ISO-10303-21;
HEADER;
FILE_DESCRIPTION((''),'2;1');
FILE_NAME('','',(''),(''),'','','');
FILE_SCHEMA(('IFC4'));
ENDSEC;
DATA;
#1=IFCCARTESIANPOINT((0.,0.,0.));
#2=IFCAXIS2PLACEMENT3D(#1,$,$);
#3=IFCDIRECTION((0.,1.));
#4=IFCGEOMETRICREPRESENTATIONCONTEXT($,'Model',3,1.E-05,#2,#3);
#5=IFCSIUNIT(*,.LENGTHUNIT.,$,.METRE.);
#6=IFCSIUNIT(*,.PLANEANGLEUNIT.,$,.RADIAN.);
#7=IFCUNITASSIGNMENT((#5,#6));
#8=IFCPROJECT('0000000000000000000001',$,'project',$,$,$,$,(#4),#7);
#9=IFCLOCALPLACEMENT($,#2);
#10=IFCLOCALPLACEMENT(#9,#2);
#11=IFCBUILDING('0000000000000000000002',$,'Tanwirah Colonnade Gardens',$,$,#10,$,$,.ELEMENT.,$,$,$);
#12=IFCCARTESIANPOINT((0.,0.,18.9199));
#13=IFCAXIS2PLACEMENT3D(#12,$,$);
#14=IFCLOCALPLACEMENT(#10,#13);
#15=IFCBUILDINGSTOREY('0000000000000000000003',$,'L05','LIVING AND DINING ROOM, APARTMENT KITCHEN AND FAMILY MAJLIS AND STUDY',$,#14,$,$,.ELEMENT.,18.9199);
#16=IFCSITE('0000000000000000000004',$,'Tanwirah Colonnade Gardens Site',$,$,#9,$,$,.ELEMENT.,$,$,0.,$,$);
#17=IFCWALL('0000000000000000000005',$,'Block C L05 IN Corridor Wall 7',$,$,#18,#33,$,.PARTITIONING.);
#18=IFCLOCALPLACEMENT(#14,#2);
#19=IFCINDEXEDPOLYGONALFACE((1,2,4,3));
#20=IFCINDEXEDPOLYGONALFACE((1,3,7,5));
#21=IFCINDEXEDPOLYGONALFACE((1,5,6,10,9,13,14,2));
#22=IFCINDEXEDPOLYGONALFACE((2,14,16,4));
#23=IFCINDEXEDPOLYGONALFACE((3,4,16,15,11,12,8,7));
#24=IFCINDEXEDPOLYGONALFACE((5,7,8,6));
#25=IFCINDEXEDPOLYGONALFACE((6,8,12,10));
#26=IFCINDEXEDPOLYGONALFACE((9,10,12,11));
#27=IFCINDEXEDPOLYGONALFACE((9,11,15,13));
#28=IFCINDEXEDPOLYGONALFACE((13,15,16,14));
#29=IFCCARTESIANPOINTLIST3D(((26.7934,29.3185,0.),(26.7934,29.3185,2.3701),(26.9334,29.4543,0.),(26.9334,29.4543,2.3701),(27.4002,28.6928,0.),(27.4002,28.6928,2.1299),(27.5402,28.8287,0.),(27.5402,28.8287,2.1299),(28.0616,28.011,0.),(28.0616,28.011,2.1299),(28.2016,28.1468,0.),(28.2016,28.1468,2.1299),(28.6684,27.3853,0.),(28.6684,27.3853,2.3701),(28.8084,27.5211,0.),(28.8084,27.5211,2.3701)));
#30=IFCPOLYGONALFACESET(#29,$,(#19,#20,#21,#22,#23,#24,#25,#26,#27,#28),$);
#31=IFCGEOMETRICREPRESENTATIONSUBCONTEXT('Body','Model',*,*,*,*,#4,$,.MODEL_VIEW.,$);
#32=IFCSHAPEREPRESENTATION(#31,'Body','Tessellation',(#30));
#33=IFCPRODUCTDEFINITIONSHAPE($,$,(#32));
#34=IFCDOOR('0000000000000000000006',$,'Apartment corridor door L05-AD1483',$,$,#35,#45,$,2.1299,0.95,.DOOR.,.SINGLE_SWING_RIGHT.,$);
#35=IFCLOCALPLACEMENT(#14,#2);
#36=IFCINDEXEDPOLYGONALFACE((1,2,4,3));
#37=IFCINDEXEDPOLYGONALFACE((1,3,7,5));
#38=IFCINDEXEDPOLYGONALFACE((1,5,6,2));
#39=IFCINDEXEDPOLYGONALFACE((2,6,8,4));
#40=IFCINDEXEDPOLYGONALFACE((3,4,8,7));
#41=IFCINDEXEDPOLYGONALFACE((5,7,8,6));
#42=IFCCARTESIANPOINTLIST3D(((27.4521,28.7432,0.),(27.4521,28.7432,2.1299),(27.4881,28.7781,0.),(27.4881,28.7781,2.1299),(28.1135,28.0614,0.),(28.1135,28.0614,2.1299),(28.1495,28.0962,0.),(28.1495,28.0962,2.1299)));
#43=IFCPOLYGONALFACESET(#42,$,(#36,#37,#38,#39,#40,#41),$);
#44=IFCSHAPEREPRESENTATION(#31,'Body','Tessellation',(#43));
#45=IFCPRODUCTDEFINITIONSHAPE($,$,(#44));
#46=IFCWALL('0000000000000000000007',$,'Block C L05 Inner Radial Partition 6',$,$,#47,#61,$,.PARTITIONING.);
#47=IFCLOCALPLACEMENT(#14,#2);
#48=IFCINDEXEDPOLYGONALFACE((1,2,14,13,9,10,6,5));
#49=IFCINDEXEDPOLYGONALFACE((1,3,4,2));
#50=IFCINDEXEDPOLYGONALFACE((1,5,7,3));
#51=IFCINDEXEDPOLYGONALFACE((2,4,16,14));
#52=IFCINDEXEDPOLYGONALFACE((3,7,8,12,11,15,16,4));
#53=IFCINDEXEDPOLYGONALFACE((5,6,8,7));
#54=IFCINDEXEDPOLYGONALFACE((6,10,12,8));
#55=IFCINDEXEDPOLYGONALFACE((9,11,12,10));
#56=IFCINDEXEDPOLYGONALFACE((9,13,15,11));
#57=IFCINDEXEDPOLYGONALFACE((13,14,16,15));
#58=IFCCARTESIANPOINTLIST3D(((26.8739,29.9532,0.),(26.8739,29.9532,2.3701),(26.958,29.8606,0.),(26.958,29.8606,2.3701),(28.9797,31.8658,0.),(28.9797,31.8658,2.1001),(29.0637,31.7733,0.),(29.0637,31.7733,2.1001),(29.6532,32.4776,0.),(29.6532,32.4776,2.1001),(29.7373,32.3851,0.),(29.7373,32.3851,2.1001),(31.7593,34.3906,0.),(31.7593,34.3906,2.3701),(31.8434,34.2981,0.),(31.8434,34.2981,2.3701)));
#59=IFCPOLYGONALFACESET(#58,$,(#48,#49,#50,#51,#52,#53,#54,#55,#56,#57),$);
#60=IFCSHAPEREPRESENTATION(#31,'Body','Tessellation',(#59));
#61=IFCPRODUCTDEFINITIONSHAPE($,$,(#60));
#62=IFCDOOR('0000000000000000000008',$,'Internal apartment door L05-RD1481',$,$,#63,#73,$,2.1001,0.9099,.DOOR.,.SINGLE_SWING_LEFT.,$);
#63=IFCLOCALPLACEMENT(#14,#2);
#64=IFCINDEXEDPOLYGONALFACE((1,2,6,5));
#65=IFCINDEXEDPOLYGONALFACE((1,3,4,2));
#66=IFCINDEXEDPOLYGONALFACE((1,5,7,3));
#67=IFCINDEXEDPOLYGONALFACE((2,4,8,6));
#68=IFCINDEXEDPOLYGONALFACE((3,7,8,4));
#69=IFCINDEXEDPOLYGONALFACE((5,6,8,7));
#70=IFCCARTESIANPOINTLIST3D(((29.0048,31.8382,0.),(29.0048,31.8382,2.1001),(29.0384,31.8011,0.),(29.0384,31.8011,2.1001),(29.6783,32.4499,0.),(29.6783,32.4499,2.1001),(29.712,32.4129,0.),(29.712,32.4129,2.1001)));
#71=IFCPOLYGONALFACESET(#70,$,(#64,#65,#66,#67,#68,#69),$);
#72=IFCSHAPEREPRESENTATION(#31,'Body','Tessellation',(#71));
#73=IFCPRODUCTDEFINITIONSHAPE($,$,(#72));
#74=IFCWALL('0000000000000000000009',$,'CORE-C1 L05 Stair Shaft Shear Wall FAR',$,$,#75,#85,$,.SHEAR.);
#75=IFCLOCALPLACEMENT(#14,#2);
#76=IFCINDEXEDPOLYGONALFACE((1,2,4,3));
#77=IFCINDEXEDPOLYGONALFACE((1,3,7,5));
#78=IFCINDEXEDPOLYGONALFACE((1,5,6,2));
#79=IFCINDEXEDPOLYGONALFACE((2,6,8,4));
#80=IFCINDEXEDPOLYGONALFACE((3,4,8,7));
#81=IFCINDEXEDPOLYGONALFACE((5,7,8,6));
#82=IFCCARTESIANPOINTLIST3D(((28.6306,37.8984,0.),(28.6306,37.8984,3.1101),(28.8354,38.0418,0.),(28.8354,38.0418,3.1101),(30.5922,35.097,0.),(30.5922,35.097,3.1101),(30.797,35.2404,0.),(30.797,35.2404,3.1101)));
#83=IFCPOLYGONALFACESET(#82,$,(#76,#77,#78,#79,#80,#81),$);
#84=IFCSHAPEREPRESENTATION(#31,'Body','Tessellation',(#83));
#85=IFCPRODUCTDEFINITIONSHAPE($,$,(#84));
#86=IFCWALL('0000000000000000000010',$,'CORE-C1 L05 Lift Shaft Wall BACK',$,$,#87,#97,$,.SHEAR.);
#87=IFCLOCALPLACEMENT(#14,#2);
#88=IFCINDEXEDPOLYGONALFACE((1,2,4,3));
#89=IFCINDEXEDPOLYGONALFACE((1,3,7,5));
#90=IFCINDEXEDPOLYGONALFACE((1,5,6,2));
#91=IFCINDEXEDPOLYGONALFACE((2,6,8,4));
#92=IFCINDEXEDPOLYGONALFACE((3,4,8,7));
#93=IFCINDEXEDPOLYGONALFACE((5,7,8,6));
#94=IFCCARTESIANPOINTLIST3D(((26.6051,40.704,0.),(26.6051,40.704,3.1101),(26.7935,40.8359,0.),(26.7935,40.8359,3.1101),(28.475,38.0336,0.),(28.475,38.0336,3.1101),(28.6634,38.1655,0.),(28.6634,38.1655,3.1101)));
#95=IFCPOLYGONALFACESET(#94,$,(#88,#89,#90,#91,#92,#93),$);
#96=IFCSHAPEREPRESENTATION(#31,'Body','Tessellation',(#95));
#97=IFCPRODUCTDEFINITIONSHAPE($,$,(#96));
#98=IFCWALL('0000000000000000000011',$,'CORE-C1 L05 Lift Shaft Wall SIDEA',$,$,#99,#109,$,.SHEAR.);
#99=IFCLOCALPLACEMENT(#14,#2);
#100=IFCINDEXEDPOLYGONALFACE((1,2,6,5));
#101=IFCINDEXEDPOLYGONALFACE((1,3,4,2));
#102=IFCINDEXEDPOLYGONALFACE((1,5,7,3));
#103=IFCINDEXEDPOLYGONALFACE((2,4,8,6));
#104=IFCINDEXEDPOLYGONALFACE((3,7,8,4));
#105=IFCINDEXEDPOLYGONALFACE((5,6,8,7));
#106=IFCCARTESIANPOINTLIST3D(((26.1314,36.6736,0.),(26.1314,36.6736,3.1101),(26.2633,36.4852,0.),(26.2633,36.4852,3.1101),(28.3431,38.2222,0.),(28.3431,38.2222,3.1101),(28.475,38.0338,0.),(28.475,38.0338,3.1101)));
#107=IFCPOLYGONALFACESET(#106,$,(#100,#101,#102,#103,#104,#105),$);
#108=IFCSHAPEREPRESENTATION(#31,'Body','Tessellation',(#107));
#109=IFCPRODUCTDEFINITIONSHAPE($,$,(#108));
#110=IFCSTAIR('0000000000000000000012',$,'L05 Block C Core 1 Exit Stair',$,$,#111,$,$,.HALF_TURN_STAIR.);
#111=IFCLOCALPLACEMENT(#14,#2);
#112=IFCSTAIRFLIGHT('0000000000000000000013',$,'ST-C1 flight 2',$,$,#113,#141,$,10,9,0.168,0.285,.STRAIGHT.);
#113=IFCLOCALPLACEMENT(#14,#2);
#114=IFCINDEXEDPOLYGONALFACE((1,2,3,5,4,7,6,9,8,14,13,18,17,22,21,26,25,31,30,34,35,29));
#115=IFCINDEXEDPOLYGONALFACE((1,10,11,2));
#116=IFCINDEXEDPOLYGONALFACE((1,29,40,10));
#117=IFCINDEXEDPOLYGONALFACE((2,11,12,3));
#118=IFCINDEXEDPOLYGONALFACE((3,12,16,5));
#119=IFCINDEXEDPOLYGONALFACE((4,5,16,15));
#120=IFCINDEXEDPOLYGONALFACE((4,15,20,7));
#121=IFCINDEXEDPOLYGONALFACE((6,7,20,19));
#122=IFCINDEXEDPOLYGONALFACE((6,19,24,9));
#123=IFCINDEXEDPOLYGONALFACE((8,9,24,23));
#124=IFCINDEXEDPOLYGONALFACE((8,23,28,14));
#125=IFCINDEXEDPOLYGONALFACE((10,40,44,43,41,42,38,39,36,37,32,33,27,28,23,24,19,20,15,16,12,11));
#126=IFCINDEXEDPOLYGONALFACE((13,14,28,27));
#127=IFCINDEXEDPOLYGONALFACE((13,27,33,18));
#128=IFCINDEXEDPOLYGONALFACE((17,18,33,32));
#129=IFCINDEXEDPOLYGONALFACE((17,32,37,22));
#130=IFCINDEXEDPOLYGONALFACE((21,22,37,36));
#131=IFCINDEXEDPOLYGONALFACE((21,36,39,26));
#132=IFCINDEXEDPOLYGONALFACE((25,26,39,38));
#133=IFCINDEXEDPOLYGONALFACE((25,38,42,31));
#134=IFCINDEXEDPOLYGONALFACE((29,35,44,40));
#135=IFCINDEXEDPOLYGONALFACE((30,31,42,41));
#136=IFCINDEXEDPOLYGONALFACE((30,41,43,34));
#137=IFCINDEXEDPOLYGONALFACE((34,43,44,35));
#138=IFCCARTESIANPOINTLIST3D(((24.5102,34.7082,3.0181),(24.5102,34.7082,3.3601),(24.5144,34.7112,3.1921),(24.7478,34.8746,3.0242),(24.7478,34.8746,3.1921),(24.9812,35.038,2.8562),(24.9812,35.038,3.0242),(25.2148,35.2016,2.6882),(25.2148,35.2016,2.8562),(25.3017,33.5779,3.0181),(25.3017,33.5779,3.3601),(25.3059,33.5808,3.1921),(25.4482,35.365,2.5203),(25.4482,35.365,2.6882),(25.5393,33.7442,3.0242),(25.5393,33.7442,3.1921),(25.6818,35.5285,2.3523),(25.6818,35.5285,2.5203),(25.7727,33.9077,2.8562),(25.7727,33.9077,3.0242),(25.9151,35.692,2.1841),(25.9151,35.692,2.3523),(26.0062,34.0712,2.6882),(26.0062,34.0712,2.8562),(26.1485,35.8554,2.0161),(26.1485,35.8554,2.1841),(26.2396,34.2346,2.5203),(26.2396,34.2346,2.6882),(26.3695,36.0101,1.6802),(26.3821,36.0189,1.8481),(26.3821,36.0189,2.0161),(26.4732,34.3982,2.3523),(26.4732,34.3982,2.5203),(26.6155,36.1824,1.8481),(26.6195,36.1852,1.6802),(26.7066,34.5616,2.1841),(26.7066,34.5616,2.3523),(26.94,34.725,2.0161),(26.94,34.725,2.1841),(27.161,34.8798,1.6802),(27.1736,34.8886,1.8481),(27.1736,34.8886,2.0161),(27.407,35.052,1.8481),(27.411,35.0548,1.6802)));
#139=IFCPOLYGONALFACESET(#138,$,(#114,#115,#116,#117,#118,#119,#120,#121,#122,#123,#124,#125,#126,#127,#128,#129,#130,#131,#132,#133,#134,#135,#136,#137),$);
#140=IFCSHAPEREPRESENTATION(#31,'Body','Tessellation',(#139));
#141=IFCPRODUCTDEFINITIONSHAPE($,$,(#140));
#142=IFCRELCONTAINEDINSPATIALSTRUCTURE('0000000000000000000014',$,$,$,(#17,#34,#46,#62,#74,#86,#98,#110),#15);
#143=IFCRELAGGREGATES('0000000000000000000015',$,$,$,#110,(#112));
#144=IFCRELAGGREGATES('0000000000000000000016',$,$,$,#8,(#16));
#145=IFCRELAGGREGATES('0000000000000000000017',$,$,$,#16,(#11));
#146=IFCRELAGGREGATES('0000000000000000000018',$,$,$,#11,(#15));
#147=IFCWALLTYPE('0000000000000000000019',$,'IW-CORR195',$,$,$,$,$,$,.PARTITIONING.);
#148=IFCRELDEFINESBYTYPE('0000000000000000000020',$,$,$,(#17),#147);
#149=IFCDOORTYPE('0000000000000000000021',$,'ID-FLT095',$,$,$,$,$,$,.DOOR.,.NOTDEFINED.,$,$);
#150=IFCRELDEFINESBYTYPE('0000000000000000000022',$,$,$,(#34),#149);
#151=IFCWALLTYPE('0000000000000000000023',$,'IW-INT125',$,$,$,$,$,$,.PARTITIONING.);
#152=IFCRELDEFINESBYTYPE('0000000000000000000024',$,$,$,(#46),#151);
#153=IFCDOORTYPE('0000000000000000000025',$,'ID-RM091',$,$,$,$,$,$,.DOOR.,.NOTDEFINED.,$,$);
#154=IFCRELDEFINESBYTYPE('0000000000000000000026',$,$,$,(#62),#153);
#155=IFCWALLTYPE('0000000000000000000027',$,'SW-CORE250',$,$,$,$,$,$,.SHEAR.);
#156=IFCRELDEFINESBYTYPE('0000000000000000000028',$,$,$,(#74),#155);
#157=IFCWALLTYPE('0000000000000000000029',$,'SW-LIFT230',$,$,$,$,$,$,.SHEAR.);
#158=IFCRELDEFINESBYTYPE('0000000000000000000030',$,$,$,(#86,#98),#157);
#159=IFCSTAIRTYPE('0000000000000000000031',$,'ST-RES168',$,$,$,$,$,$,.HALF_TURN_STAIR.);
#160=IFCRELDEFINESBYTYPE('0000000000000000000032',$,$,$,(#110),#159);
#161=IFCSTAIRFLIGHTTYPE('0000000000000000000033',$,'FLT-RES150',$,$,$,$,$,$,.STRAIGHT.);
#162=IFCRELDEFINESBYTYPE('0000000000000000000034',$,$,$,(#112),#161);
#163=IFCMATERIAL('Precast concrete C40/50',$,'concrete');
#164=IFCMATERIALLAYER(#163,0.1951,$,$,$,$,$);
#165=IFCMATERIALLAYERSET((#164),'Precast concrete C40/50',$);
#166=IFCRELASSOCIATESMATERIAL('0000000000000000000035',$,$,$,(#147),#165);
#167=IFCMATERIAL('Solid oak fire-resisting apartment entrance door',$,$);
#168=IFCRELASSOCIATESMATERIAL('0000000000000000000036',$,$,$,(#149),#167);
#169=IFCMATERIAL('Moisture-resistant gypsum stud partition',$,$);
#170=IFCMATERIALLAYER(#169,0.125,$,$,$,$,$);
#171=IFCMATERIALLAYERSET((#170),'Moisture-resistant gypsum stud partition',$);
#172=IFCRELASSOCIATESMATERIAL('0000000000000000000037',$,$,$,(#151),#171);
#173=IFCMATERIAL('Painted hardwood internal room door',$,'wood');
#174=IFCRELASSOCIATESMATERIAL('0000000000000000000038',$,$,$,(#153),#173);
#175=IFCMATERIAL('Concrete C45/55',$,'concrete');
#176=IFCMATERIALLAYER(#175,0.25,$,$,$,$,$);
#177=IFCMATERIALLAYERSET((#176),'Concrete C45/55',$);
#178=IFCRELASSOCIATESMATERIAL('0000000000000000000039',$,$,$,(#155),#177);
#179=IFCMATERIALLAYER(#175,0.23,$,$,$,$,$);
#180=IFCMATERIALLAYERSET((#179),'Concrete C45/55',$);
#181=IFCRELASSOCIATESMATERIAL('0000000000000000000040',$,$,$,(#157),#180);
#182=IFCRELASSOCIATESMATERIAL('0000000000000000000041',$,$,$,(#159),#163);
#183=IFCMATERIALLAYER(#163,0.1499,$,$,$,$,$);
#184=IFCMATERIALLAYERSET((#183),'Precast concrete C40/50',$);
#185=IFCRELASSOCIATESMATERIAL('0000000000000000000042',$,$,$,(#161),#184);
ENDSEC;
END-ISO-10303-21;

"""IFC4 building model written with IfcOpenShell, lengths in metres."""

from ifc_helpers import new_model, si_unit, direction, frame, frame_2d, origin, place, context, subcontext, project, spatial, polyline, rectangle, outline, extrude, material, layer, layer_set, type_object, element, fill, aggregate, save


model = new_model("IFC4")

# Units and contexts
model_context = context("Model", 3, precision=1e-05, world=origin(), true_north=direction((0.0, 1.0)))
body_context = subcontext(model_context, "Body", "Model", "MODEL_VIEW")
ifc_project = project(units=[si_unit("LENGTHUNIT", "METRE"), si_unit("PLANEANGLEUNIT", "RADIAN")], contexts=[model_context])

# Site, building, storey
site_placement = place(None, origin())
site = spatial("IfcSite", under=ifc_project, at=site_placement, Name="Tanwirah Colonnade Gardens Site", CompositionType="ELEMENT", RefElevation=0.0)
building_placement = place(site_placement, origin())
building = spatial("IfcBuilding", under=site, at=building_placement, Name="Tanwirah Colonnade Gardens", CompositionType="ELEMENT")
storey_placement = place(building_placement, frame((0.0, 0.0, 18.9199)))
storey = spatial("IfcBuildingStorey", under=building, at=storey_placement, Name="L05", Description="LIVING AND DINING ROOM, APARTMENT KITCHEN AND FAMILY MAJLIS AND STUDY", CompositionType="ELEMENT", Elevation=18.9199)

# Shared definitions
ifc_material_1 = material(Name="Precast concrete C40/50", Category="concrete")

# Walls, openings, doors
ifc_layer_1 = layer(ifc_material_1, 0.1951)
ifc_layer_set_1 = layer_set([ifc_layer_1], Name="Precast concrete C40/50")
wall_type_1 = type_object("IfcWallType", Name="IW-CORR195", PredefinedType="PARTITIONING", material=ifc_layer_set_1)
wall_1_placement = place(storey_placement, frame((26.8633, 29.3865, 0.0), z_axis=(0.0, 0.0, 1.0), x_axis=(0.696236, -0.717813, 0.0)))
wall_1 = element("IfcWall", 1, at=wall_1_placement, inside=storey, type_object=wall_type_1, Name="Block C L05 IN Corridor Wall 7", PredefinedType="PARTITIONING", context=body_context, shape_type="SweptSolid", body=[
    extrude(rectangle(XDim=2.6931, YDim=0.1951, at=frame_2d((1.3467, 0.0))), origin(), (0.0, 0.0, 1.0), 2.3701),
])
opening_1_placement = place(wall_1_placement, frame((0.8716, 0.0, 0.0)))
opening_1 = element("IfcOpeningElement", 2, at=opening_1_placement, cuts=wall_1, PredefinedType="OPENING", context=body_context, shape_type="SweptSolid", body=[
    extrude(rectangle(XDim=0.95, YDim=2.1299, at=frame_2d((0.4751, 1.0649))), frame((0.0, 0.1074, 0.0), z_axis=(0.0, -1.0, 0.0), x_axis=(1.0, 0.0, 0.0)), (0.0, 0.0, 1.0), 0.2151),
])
ifc_material_2 = material(Name="Solid oak fire-resisting apartment entrance door")
door_type_1 = type_object("IfcDoorType", Name="ID-FLT095", OperationType="NOTDEFINED", PredefinedType="DOOR", material=ifc_material_2)
door_1_placement = place(opening_1_placement, origin())
door_1 = element("IfcDoor", 3, at=door_1_placement, inside=storey, type_object=door_type_1, Name="Apartment corridor door L05-AD1483", OperationType="SINGLE_SWING_RIGHT", OverallHeight=2.1299, OverallWidth=0.95, PredefinedType="DOOR", context=body_context, shape_type="SweptSolid", body=[
    extrude(rectangle(XDim=0.95, YDim=2.1299, at=frame_2d((0.4751, 1.0649))), frame((0.0, 0.0249, 0.0), z_axis=(0.0, -1.0, 0.0), x_axis=(1.0, 0.0, 0.0)), (0.0, 0.0, 1.0), 0.05),
])
fill(opening_1, door_1)
ifc_material_3 = material(Name="Moisture-resistant gypsum stud partition")
ifc_layer_2 = layer(ifc_material_3, 0.125)
ifc_layer_set_2 = layer_set([ifc_layer_2], Name="Moisture-resistant gypsum stud partition")
wall_type_2 = type_object("IfcWallType", Name="IW-INT125", PredefinedType="PARTITIONING", material=ifc_layer_set_2)
wall_2_placement = place(storey_placement, frame((31.8013, 34.3442, 0.0), z_axis=(0.0, 0.0, 1.0), x_axis=(-0.740231, -0.672352, 0.0)))
wall_2 = element("IfcWall", 4, at=wall_2_placement, inside=storey, type_object=wall_type_2, Name="Block C L05 Inner Radial Partition 6", PredefinedType="PARTITIONING", context=body_context, shape_type="SweptSolid", body=[
    extrude(rectangle(XDim=6.5999, YDim=0.125, at=frame_2d((3.2998, 0.0))), origin(), (0.0, 0.0, 1.0), 2.3701),
])
opening_2_placement = place(wall_2_placement, frame((2.845, 0.0, 0.0)))
opening_2 = element("IfcOpeningElement", 5, at=opening_2_placement, cuts=wall_2, PredefinedType="OPENING", context=body_context, shape_type="SweptSolid", body=[
    extrude(rectangle(XDim=0.9099, YDim=2.1001, at=frame_2d((0.4551, 1.05))), frame((0.0, 0.0725, 0.0), z_axis=(0.0, -1.0, 0.0), x_axis=(1.0, 0.0, 0.0)), (0.0, 0.0, 1.0), 0.145),
])
ifc_material_4 = material(Name="Painted hardwood internal room door", Category="wood")
door_type_2 = type_object("IfcDoorType", Name="ID-RM091", OperationType="NOTDEFINED", PredefinedType="DOOR", material=ifc_material_4)
door_2_placement = place(opening_2_placement, origin())
door_2 = element("IfcDoor", 6, at=door_2_placement, inside=storey, type_object=door_type_2, Name="Internal apartment door L05-RD1481", OperationType="SINGLE_SWING_LEFT", OverallHeight=2.1001, OverallWidth=0.9099, PredefinedType="DOOR", context=body_context, shape_type="SweptSolid", body=[
    extrude(rectangle(XDim=0.9099, YDim=2.1001, at=frame_2d((0.4551, 1.05))), frame((0.0, 0.0249, 0.0), z_axis=(0.0, -1.0, 0.0), x_axis=(1.0, 0.0, 0.0)), (0.0, 0.0, 1.0), 0.05),
])
fill(opening_2, door_2)

# Wall
ifc_material_5 = material(Name="Concrete C45/55", Category="concrete")
ifc_layer_3 = layer(ifc_material_5, 0.25)
ifc_layer_set_3 = layer_set([ifc_layer_3], Name="Concrete C45/55")
wall_type_3 = type_object("IfcWallType", Name="SW-CORE250", PredefinedType="SHEAR", material=ifc_layer_set_3)
wall_3_placement = place(storey_placement, frame((30.6946, 35.1687, 0.0), z_axis=(0.0, 0.0, 1.0), x_axis=(-0.573582, 0.819148, 0.0)))
element("IfcWall", 7, at=wall_3_placement, inside=storey, type_object=wall_type_3, Name="CORE-C1 L05 Stair Shaft Shear Wall FAR", PredefinedType="SHEAR", context=body_context, shape_type="SweptSolid", body=[
    extrude(rectangle(XDim=3.4199, YDim=0.25, at=frame_2d((1.71, 0.0))), origin(), (0.0, 0.0, 1.0), 3.1101),
])

# Shared definitions
ifc_layer_4 = layer(ifc_material_5, 0.23)
ifc_layer_set_4 = layer_set([ifc_layer_4], Name="Concrete C45/55")
wall_type_4 = type_object("IfcWallType", Name="SW-LIFT230", PredefinedType="SHEAR", material=ifc_layer_set_4)

# Walls
wall_4_placement = place(storey_placement, frame((28.5691, 38.0996, 0.0), z_axis=(0.0, 0.0, 1.0), x_axis=(-0.573583, 0.819147, 0.0)))
element("IfcWall", 8, at=wall_4_placement, inside=storey, type_object=wall_type_4, Name="CORE-C1 L05 Lift Shaft Wall BACK", PredefinedType="SHEAR", context=body_context, shape_type="SweptSolid", body=[
    extrude(rectangle(XDim=3.26, YDim=0.23, at=frame_2d((1.6299, 0.0))), origin(), (0.0, 0.0, 1.0), 3.1101),
])
wall_5_placement = place(storey_placement, frame((26.1973, 36.5793, 0.0), z_axis=(0.0, 0.0, 1.0), x_axis=(0.81916, 0.573566, 0.0)))
element("IfcWall", 9, at=wall_5_placement, inside=storey, type_object=wall_type_4, Name="CORE-C1 L05 Lift Shaft Wall SIDEA", PredefinedType="SHEAR", context=body_context, shape_type="SweptSolid", body=[
    extrude(rectangle(XDim=2.7, YDim=0.23, at=frame_2d((1.3501, 0.0))), origin(), (0.0, 0.0, 1.0), 3.1101),
])

# Stair, stair flight
stair_type = type_object("IfcStairType", Name="ST-RES168", PredefinedType="HALF_TURN_STAIR", material=ifc_material_1)
stair_placement = place(storey_placement, origin())
stair = element("IfcStair", 10, at=stair_placement, inside=storey, type_object=stair_type, Name="L05 Block C Core 1 Exit Stair", PredefinedType="HALF_TURN_STAIR")
ifc_layer_5 = layer(ifc_material_1, 0.1499)
ifc_layer_set_5 = layer_set([ifc_layer_5], Name="Precast concrete C40/50")
stair_flight_type = type_object("IfcStairFlightType", Name="FLT-RES150", PredefinedType="STRAIGHT", material=ifc_layer_set_5)
stair_flight_placement = place(storey_placement, frame((27.0112, 35.6172, 1.6802), z_axis=(0.0, 0.0, 1.0), x_axis=(-0.819152, -0.573576, 0.0)))
stair_flight = element("IfcStairFlight", 11, at=stair_flight_placement, type_object=stair_flight_type, Name="ST-C1 flight 2", NumberOfRisers=10, NumberOfTreads=9, PredefinedType="STRAIGHT", RiserHeight=0.168, TreadLength=0.285, context=body_context, shape_type="SweptSolid", body=[
    extrude(outline(polyline([(-0.0049, 0.0), (0.0, 0.168), (0.2849, 0.168), (0.2849, 0.3359), (0.5701, 0.3359), (0.5701, 0.5039), (0.855, 0.5039), (0.855, 0.6721), (1.1399, 0.6721), (1.1399, 0.8401), (1.425, 0.8401), (1.425, 1.0081), (1.71, 1.0081), (1.71, 1.176), (1.9951, 1.176), (1.9951, 1.344), (2.28, 1.344), (2.28, 1.512), (2.5649, 1.512), (2.5701, 1.6799), (2.5701, 1.3379), (0.3003, 0.0), (-0.0049, 0.0)])), frame((0.0, 0.6899, 0.0), z_axis=(0.0, -1.0, 0.0), x_axis=(1.0, 0.0, 0.0)), (0.0, 0.0, 1.0), 1.3799),
])
aggregate(stair, [stair_flight])

save(model, "model.ifc")
